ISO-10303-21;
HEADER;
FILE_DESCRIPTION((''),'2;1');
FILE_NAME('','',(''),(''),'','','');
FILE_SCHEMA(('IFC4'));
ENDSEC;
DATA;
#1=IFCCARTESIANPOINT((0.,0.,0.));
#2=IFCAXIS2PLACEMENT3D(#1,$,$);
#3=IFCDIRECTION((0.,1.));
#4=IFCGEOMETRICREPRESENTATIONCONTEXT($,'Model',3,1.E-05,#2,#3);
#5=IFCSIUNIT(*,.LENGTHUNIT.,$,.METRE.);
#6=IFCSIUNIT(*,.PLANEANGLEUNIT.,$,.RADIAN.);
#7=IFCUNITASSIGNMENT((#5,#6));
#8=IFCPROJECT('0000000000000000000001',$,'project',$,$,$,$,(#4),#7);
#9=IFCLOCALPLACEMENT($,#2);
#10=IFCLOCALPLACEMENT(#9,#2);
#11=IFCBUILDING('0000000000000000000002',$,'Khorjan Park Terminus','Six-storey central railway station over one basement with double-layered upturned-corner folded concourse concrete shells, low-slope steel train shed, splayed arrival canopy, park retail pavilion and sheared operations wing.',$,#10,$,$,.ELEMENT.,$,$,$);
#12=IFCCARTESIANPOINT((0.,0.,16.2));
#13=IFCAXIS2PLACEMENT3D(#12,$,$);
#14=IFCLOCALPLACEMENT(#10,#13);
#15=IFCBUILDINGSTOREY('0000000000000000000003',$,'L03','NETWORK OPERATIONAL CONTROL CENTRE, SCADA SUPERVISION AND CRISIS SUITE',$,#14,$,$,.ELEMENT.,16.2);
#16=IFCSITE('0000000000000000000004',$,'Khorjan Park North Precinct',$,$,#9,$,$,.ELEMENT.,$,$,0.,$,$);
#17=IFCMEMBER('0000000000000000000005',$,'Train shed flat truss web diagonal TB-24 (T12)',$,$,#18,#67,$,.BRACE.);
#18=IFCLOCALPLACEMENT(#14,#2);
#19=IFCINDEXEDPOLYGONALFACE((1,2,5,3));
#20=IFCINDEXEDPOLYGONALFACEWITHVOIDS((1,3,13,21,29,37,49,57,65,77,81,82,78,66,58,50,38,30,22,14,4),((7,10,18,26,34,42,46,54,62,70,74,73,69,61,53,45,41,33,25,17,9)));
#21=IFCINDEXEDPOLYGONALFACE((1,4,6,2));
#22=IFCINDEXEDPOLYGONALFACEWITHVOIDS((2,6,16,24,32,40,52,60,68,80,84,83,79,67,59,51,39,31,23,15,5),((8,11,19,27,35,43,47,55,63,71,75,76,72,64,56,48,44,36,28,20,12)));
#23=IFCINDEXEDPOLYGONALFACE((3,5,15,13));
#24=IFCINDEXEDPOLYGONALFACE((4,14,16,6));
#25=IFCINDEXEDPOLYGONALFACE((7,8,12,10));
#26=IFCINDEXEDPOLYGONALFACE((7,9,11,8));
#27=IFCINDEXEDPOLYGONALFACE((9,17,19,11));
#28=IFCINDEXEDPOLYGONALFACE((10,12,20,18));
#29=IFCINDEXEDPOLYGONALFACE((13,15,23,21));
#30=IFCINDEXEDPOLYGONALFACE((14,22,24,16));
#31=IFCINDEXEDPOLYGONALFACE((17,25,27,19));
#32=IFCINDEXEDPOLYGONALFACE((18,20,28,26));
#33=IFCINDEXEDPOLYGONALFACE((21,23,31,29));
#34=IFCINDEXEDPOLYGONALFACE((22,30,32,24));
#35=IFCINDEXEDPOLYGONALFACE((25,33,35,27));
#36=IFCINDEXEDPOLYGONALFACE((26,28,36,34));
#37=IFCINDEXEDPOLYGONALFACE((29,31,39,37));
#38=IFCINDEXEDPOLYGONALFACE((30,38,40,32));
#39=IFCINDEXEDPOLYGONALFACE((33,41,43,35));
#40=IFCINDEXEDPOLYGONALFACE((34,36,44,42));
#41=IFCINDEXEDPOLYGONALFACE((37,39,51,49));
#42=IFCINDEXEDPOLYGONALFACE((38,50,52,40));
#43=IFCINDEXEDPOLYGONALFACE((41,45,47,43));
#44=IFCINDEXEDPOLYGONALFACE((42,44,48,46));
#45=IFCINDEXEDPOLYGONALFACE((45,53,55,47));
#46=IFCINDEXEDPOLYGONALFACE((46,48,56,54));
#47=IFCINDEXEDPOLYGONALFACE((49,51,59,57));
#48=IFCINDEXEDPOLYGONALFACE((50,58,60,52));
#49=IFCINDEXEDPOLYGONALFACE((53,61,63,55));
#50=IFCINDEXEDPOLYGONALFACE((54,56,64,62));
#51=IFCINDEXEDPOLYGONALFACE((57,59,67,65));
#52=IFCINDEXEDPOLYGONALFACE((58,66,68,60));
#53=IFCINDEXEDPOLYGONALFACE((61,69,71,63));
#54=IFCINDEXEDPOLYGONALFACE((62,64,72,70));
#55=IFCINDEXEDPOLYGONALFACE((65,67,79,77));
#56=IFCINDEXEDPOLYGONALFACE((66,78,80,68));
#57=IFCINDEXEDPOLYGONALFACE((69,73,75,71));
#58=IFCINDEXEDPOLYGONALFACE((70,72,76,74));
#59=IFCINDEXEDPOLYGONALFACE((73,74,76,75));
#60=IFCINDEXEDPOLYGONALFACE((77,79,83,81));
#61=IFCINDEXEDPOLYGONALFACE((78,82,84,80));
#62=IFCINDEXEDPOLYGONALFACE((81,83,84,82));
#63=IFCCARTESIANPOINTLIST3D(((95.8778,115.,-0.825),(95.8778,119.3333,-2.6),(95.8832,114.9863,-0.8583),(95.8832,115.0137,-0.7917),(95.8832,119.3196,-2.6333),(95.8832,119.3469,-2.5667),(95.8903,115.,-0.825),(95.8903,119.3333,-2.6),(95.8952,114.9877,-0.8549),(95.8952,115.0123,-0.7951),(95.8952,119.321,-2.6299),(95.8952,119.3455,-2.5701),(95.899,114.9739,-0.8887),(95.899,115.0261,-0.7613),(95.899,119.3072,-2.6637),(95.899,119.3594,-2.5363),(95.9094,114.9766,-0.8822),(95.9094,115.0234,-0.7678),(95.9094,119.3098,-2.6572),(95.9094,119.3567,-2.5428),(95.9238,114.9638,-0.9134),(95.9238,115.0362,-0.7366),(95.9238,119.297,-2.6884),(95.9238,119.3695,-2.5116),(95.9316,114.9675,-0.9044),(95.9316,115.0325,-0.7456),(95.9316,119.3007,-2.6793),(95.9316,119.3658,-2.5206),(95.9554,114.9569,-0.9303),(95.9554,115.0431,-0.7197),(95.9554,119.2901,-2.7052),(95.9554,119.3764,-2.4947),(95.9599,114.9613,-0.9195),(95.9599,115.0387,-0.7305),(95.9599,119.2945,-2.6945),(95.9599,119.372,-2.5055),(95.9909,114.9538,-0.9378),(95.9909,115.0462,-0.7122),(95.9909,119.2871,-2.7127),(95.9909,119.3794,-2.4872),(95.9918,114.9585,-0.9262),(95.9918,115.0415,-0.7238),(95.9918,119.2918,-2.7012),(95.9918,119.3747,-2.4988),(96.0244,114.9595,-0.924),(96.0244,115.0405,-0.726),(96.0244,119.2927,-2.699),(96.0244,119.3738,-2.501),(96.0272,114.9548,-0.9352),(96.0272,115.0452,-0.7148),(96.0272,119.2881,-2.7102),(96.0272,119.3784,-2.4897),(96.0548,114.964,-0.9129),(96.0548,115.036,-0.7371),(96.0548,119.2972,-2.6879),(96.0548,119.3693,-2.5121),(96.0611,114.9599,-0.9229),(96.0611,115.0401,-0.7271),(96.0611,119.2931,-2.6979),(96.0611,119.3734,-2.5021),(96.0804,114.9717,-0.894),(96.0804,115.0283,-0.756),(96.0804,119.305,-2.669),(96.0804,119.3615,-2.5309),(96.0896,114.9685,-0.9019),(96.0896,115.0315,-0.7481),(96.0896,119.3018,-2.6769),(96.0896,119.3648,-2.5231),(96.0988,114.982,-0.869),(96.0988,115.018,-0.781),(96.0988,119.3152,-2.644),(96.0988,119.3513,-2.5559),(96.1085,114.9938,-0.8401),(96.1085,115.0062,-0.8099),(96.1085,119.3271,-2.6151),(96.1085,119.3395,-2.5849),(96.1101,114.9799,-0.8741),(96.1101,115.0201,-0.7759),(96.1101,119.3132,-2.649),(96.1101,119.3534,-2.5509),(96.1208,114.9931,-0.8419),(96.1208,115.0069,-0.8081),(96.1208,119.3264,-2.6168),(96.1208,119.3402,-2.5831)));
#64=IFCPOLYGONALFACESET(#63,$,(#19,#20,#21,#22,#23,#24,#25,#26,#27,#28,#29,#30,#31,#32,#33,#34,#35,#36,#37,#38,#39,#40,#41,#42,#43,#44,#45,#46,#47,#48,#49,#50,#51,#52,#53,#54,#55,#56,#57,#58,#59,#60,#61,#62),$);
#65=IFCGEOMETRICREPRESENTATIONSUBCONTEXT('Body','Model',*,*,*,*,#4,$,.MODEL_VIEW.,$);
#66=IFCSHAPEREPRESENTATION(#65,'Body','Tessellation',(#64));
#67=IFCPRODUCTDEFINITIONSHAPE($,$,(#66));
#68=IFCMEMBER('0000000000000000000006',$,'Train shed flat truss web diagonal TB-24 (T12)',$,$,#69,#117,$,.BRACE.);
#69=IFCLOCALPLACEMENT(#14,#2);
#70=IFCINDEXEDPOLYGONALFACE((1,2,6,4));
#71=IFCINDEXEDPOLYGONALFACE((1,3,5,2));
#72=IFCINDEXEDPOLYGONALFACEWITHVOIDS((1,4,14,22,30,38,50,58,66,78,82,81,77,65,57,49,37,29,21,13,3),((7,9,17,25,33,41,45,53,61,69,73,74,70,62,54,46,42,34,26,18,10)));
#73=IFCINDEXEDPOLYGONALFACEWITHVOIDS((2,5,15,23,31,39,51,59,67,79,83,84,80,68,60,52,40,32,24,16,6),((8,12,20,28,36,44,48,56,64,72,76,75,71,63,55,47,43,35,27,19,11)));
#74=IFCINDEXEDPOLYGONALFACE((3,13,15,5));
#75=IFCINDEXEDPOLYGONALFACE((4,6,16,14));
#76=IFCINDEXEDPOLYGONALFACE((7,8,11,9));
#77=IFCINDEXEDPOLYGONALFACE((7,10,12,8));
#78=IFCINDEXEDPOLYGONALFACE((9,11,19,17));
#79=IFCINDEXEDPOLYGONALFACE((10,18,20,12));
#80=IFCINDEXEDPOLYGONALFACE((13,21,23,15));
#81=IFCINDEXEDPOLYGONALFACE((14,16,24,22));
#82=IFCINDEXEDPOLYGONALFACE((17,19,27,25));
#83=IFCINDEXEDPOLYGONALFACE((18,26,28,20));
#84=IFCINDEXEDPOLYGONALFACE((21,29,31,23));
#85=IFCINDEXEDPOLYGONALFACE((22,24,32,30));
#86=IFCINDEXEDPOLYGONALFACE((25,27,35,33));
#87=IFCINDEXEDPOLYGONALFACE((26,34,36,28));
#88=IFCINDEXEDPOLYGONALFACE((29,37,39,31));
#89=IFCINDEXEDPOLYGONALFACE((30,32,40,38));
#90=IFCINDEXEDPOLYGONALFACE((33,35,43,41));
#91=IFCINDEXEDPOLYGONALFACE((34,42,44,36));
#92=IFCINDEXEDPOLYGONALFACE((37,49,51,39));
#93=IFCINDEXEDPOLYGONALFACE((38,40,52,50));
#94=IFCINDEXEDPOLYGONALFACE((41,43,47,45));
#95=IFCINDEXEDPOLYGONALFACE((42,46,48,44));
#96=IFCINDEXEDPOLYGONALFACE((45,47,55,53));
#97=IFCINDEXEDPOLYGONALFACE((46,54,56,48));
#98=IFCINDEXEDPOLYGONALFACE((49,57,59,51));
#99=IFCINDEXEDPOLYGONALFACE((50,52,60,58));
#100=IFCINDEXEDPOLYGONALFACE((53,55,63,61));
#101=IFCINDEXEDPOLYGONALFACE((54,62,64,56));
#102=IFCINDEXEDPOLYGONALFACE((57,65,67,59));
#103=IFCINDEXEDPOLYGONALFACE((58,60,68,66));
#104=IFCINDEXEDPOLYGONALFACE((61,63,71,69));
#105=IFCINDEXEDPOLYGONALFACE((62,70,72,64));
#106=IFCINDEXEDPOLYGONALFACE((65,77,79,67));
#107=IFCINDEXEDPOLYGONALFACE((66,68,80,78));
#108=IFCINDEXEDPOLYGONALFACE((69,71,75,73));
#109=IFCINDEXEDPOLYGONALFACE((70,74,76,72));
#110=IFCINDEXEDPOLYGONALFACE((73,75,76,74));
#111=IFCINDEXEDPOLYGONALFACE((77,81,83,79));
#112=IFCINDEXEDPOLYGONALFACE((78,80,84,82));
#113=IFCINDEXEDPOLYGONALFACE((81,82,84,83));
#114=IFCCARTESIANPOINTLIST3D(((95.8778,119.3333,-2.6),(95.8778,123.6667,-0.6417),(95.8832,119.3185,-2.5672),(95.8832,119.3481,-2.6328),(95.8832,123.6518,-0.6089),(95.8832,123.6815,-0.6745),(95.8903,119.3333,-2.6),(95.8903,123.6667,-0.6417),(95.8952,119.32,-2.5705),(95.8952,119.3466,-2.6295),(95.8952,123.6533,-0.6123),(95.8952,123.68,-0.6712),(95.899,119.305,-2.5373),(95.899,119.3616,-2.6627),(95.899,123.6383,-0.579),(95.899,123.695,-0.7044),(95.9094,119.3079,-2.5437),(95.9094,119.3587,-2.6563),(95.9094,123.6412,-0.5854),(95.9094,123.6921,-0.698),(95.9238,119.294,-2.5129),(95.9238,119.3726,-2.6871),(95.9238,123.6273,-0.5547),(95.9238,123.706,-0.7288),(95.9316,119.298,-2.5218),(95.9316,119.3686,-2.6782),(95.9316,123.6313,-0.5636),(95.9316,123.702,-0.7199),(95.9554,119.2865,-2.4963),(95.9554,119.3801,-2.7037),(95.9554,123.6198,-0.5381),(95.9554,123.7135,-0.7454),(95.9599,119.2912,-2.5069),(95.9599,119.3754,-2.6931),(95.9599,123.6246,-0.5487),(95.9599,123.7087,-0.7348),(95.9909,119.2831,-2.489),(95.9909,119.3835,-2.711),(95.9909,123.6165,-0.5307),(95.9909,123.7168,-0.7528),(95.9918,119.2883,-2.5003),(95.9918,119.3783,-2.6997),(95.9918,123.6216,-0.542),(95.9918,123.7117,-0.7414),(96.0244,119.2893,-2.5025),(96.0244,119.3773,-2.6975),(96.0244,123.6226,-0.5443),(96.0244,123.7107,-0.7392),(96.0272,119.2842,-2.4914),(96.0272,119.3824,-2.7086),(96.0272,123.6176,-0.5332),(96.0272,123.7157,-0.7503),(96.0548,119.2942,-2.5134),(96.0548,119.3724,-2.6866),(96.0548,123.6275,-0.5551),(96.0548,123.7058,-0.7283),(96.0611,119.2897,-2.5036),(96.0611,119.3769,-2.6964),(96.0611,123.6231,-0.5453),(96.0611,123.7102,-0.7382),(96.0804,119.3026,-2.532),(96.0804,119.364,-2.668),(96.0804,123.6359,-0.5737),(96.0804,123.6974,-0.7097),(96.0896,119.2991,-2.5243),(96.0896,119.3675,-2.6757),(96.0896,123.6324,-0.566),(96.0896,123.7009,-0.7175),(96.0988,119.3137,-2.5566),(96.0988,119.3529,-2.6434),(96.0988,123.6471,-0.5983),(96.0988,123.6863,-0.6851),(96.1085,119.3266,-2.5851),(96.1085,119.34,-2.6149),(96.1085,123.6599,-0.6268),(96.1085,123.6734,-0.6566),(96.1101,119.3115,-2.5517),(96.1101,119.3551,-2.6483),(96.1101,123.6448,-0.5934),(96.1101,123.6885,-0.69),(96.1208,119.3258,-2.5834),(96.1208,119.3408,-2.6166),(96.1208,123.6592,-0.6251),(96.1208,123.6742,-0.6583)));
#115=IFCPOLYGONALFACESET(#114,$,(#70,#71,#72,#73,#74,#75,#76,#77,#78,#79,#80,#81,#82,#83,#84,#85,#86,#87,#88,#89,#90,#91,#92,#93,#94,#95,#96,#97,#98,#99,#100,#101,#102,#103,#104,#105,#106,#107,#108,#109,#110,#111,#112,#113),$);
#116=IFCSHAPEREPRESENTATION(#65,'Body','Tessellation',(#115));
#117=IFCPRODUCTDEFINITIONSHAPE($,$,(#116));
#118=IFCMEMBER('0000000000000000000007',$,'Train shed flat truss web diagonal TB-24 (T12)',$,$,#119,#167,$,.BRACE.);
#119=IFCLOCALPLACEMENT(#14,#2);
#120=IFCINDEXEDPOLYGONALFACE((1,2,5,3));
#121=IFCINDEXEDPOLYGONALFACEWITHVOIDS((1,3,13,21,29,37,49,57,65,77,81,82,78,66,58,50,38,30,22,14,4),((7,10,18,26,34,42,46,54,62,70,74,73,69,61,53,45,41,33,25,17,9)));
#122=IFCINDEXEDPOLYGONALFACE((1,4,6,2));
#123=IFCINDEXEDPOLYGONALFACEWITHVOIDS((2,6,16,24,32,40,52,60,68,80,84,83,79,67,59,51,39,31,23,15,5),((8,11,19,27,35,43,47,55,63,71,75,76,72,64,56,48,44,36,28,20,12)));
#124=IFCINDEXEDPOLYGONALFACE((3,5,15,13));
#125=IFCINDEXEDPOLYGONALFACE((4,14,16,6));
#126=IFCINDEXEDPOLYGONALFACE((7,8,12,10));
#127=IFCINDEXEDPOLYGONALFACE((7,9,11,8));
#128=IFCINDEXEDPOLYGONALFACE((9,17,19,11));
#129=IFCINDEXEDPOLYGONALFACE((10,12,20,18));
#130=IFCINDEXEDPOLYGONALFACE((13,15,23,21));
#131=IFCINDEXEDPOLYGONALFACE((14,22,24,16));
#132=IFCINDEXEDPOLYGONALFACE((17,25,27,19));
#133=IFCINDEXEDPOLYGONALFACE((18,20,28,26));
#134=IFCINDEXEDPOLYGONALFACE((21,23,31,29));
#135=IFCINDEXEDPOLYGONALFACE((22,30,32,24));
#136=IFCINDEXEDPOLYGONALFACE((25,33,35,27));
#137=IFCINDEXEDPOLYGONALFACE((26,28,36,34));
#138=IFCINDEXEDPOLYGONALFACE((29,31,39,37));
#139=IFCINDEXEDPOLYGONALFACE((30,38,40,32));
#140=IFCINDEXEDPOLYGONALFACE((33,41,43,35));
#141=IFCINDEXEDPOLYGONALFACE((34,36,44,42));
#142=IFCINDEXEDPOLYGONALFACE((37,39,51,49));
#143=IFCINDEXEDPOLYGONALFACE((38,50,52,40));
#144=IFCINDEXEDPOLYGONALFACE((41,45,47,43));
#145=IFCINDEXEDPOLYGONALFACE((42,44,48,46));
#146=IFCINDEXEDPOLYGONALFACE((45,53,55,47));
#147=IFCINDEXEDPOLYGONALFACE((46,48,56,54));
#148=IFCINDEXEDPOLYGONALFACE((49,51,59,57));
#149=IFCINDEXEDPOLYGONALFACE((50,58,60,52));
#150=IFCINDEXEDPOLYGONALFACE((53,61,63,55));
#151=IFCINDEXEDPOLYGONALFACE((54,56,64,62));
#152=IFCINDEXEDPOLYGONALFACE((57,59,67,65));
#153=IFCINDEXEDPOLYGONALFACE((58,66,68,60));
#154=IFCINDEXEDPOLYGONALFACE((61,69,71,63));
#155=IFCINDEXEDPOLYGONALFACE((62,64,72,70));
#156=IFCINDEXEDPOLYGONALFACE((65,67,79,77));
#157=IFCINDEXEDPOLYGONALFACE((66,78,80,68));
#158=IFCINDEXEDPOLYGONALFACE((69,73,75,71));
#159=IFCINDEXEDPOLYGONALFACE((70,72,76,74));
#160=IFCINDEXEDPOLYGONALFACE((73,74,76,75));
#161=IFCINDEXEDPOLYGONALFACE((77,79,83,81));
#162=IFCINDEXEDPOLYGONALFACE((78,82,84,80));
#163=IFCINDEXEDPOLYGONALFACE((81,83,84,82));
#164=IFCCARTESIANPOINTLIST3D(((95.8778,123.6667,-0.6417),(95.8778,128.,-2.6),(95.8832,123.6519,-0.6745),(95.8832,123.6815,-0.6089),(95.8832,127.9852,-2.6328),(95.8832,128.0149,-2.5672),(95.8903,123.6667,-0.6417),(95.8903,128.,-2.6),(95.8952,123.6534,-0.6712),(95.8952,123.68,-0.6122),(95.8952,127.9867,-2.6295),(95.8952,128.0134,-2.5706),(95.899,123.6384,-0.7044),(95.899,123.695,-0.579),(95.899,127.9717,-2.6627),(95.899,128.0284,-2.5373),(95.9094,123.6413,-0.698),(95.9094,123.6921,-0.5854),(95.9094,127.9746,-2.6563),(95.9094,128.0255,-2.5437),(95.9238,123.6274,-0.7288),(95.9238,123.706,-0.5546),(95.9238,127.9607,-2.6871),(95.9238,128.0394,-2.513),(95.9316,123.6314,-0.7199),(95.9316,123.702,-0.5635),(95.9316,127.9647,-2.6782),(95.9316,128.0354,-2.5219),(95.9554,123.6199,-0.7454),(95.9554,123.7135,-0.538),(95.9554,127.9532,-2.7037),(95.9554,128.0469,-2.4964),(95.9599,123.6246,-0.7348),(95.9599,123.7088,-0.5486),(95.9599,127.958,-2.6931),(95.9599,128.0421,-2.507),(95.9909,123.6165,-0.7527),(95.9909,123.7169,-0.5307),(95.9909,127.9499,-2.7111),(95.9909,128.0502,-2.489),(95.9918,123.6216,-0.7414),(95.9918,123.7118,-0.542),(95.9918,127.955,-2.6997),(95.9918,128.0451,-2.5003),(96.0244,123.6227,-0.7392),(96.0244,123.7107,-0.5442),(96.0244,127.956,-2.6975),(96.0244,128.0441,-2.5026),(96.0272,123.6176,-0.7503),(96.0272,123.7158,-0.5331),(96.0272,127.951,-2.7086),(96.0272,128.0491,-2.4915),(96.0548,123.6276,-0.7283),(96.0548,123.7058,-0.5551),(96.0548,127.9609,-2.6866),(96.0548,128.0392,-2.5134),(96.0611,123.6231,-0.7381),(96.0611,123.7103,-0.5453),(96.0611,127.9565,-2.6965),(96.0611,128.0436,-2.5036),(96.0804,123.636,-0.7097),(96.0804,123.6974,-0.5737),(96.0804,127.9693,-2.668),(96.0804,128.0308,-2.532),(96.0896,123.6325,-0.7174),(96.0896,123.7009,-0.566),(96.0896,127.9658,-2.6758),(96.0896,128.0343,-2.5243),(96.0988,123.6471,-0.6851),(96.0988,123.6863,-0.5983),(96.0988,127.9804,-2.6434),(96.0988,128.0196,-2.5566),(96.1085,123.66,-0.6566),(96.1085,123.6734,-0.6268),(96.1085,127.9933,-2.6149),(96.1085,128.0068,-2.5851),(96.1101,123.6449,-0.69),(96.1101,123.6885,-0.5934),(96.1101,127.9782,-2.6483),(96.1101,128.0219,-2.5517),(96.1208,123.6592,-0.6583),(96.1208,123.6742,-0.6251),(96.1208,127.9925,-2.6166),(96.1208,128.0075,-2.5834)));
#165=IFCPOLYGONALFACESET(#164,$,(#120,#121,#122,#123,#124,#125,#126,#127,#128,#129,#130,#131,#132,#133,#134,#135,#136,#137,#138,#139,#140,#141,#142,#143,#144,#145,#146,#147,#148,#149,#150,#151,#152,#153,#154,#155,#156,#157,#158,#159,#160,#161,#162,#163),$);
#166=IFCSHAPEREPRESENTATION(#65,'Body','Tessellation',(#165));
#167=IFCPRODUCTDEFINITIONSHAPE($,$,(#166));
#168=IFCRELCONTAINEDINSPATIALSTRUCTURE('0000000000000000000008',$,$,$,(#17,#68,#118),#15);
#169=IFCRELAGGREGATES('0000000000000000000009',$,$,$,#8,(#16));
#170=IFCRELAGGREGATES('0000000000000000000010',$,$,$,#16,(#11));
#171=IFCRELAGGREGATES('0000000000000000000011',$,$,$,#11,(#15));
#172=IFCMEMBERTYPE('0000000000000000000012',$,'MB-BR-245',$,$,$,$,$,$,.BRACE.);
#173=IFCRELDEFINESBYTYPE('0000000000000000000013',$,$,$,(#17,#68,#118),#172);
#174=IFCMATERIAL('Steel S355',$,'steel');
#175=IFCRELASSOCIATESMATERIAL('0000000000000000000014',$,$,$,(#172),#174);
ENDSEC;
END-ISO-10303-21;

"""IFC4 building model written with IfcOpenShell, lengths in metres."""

from ifc_helpers import new_model, si_unit, direction, frame, origin, origin_2d, place, context, subcontext, project, spatial, hollow_circle, extrude, material, material_profile, profile_set, type_object, element, save


model = new_model("IFC4")

# Units and contexts
model_context = context("Model", 3, precision=1e-05, world=origin(), true_north=direction((0.0, 1.0)))
body_context = subcontext(model_context, "Body", "Model", "MODEL_VIEW")
ifc_project = project(units=[si_unit("LENGTHUNIT", "METRE"), si_unit("PLANEANGLEUNIT", "RADIAN")], contexts=[model_context])

# Site, building, storey
site_placement = place(None, origin())
site = spatial("IfcSite", under=ifc_project, at=site_placement, Name="Khorjan Park North Precinct", CompositionType="ELEMENT", RefElevation=0.0)
building_placement = place(site_placement, origin())
building = spatial("IfcBuilding", under=site, at=building_placement, Name="Khorjan Park Terminus", Description="Six-storey central railway station over one basement with double-layered upturned-corner folded concourse concrete shells, low-slope steel train shed, splayed arrival canopy, park retail pavilion and sheared operations wing.", CompositionType="ELEMENT")
storey_placement = place(building_placement, frame((0.0, 0.0, 16.2)))
storey = spatial("IfcBuildingStorey", under=building, at=storey_placement, Name="L03", Description="NETWORK OPERATIONAL CONTROL CENTRE, SCADA SUPERVISION AND CRISIS SUITE", CompositionType="ELEMENT", Elevation=16.2)

# Members
ifc_material = material(Name="Steel S355", Category="steel")
ifc_material_profile_1 = material_profile(ifc_material, hollow_circle(Radius=0.1222, WallThickness=0.0125, at=origin_2d()), Name="CHS 244.5x12.5")
ifc_profile_set_1 = profile_set([ifc_material_profile_1], Name="Steel S355")
member_type_1 = type_object("IfcMemberType", Name="MB-BR-245", PredefinedType="BRACE", material=ifc_profile_set_1)
member_1_placement = place(storey_placement, frame((96.0, 115.0, -0.825), z_axis=(0.0, 0.925376, -0.379051), x_axis=(-1.0, 0.0, 0.0)))
element("IfcMember", 1, at=member_1_placement, inside=storey, type_object=member_type_1, Name="Train shed flat truss web diagonal TB-24 (T12)", PredefinedType="BRACE", context=body_context, shape_type="SweptSolid", body=[
    extrude(hollow_circle(Radius=0.1222, WallThickness=0.0125, at=origin_2d()), origin(), (0.0, 0.0, 1.0), 4.6827),
])
for number, where, z_axis, x_axis, name in (
    (2, (96.0, 119.3333, -2.6), (0.0, 0.91127, 0.41181), (-1.0, 0.0, 0.0), "Train shed flat truss web diagonal TB-24 (T12)"),
    (3, (96.0, 123.6667, -0.6417), (0.0, 0.911266, -0.411818), (-1.0, 0.0, 0.0), "Train shed flat truss web diagonal TB-24 (T12)"),
):
    element("IfcMember", number, at=place(storey_placement, frame(where, z_axis=z_axis, x_axis=x_axis)), inside=storey, type_object=member_type_1, Name=name, PredefinedType="BRACE", context=body_context, shape_type="SweptSolid", body=[
        extrude(hollow_circle(Radius=0.1222, WallThickness=0.0125, at=origin_2d()), origin(), (0.0, 0.0, 1.0), 4.7553),
    ])

save(model, "model.ifc")
